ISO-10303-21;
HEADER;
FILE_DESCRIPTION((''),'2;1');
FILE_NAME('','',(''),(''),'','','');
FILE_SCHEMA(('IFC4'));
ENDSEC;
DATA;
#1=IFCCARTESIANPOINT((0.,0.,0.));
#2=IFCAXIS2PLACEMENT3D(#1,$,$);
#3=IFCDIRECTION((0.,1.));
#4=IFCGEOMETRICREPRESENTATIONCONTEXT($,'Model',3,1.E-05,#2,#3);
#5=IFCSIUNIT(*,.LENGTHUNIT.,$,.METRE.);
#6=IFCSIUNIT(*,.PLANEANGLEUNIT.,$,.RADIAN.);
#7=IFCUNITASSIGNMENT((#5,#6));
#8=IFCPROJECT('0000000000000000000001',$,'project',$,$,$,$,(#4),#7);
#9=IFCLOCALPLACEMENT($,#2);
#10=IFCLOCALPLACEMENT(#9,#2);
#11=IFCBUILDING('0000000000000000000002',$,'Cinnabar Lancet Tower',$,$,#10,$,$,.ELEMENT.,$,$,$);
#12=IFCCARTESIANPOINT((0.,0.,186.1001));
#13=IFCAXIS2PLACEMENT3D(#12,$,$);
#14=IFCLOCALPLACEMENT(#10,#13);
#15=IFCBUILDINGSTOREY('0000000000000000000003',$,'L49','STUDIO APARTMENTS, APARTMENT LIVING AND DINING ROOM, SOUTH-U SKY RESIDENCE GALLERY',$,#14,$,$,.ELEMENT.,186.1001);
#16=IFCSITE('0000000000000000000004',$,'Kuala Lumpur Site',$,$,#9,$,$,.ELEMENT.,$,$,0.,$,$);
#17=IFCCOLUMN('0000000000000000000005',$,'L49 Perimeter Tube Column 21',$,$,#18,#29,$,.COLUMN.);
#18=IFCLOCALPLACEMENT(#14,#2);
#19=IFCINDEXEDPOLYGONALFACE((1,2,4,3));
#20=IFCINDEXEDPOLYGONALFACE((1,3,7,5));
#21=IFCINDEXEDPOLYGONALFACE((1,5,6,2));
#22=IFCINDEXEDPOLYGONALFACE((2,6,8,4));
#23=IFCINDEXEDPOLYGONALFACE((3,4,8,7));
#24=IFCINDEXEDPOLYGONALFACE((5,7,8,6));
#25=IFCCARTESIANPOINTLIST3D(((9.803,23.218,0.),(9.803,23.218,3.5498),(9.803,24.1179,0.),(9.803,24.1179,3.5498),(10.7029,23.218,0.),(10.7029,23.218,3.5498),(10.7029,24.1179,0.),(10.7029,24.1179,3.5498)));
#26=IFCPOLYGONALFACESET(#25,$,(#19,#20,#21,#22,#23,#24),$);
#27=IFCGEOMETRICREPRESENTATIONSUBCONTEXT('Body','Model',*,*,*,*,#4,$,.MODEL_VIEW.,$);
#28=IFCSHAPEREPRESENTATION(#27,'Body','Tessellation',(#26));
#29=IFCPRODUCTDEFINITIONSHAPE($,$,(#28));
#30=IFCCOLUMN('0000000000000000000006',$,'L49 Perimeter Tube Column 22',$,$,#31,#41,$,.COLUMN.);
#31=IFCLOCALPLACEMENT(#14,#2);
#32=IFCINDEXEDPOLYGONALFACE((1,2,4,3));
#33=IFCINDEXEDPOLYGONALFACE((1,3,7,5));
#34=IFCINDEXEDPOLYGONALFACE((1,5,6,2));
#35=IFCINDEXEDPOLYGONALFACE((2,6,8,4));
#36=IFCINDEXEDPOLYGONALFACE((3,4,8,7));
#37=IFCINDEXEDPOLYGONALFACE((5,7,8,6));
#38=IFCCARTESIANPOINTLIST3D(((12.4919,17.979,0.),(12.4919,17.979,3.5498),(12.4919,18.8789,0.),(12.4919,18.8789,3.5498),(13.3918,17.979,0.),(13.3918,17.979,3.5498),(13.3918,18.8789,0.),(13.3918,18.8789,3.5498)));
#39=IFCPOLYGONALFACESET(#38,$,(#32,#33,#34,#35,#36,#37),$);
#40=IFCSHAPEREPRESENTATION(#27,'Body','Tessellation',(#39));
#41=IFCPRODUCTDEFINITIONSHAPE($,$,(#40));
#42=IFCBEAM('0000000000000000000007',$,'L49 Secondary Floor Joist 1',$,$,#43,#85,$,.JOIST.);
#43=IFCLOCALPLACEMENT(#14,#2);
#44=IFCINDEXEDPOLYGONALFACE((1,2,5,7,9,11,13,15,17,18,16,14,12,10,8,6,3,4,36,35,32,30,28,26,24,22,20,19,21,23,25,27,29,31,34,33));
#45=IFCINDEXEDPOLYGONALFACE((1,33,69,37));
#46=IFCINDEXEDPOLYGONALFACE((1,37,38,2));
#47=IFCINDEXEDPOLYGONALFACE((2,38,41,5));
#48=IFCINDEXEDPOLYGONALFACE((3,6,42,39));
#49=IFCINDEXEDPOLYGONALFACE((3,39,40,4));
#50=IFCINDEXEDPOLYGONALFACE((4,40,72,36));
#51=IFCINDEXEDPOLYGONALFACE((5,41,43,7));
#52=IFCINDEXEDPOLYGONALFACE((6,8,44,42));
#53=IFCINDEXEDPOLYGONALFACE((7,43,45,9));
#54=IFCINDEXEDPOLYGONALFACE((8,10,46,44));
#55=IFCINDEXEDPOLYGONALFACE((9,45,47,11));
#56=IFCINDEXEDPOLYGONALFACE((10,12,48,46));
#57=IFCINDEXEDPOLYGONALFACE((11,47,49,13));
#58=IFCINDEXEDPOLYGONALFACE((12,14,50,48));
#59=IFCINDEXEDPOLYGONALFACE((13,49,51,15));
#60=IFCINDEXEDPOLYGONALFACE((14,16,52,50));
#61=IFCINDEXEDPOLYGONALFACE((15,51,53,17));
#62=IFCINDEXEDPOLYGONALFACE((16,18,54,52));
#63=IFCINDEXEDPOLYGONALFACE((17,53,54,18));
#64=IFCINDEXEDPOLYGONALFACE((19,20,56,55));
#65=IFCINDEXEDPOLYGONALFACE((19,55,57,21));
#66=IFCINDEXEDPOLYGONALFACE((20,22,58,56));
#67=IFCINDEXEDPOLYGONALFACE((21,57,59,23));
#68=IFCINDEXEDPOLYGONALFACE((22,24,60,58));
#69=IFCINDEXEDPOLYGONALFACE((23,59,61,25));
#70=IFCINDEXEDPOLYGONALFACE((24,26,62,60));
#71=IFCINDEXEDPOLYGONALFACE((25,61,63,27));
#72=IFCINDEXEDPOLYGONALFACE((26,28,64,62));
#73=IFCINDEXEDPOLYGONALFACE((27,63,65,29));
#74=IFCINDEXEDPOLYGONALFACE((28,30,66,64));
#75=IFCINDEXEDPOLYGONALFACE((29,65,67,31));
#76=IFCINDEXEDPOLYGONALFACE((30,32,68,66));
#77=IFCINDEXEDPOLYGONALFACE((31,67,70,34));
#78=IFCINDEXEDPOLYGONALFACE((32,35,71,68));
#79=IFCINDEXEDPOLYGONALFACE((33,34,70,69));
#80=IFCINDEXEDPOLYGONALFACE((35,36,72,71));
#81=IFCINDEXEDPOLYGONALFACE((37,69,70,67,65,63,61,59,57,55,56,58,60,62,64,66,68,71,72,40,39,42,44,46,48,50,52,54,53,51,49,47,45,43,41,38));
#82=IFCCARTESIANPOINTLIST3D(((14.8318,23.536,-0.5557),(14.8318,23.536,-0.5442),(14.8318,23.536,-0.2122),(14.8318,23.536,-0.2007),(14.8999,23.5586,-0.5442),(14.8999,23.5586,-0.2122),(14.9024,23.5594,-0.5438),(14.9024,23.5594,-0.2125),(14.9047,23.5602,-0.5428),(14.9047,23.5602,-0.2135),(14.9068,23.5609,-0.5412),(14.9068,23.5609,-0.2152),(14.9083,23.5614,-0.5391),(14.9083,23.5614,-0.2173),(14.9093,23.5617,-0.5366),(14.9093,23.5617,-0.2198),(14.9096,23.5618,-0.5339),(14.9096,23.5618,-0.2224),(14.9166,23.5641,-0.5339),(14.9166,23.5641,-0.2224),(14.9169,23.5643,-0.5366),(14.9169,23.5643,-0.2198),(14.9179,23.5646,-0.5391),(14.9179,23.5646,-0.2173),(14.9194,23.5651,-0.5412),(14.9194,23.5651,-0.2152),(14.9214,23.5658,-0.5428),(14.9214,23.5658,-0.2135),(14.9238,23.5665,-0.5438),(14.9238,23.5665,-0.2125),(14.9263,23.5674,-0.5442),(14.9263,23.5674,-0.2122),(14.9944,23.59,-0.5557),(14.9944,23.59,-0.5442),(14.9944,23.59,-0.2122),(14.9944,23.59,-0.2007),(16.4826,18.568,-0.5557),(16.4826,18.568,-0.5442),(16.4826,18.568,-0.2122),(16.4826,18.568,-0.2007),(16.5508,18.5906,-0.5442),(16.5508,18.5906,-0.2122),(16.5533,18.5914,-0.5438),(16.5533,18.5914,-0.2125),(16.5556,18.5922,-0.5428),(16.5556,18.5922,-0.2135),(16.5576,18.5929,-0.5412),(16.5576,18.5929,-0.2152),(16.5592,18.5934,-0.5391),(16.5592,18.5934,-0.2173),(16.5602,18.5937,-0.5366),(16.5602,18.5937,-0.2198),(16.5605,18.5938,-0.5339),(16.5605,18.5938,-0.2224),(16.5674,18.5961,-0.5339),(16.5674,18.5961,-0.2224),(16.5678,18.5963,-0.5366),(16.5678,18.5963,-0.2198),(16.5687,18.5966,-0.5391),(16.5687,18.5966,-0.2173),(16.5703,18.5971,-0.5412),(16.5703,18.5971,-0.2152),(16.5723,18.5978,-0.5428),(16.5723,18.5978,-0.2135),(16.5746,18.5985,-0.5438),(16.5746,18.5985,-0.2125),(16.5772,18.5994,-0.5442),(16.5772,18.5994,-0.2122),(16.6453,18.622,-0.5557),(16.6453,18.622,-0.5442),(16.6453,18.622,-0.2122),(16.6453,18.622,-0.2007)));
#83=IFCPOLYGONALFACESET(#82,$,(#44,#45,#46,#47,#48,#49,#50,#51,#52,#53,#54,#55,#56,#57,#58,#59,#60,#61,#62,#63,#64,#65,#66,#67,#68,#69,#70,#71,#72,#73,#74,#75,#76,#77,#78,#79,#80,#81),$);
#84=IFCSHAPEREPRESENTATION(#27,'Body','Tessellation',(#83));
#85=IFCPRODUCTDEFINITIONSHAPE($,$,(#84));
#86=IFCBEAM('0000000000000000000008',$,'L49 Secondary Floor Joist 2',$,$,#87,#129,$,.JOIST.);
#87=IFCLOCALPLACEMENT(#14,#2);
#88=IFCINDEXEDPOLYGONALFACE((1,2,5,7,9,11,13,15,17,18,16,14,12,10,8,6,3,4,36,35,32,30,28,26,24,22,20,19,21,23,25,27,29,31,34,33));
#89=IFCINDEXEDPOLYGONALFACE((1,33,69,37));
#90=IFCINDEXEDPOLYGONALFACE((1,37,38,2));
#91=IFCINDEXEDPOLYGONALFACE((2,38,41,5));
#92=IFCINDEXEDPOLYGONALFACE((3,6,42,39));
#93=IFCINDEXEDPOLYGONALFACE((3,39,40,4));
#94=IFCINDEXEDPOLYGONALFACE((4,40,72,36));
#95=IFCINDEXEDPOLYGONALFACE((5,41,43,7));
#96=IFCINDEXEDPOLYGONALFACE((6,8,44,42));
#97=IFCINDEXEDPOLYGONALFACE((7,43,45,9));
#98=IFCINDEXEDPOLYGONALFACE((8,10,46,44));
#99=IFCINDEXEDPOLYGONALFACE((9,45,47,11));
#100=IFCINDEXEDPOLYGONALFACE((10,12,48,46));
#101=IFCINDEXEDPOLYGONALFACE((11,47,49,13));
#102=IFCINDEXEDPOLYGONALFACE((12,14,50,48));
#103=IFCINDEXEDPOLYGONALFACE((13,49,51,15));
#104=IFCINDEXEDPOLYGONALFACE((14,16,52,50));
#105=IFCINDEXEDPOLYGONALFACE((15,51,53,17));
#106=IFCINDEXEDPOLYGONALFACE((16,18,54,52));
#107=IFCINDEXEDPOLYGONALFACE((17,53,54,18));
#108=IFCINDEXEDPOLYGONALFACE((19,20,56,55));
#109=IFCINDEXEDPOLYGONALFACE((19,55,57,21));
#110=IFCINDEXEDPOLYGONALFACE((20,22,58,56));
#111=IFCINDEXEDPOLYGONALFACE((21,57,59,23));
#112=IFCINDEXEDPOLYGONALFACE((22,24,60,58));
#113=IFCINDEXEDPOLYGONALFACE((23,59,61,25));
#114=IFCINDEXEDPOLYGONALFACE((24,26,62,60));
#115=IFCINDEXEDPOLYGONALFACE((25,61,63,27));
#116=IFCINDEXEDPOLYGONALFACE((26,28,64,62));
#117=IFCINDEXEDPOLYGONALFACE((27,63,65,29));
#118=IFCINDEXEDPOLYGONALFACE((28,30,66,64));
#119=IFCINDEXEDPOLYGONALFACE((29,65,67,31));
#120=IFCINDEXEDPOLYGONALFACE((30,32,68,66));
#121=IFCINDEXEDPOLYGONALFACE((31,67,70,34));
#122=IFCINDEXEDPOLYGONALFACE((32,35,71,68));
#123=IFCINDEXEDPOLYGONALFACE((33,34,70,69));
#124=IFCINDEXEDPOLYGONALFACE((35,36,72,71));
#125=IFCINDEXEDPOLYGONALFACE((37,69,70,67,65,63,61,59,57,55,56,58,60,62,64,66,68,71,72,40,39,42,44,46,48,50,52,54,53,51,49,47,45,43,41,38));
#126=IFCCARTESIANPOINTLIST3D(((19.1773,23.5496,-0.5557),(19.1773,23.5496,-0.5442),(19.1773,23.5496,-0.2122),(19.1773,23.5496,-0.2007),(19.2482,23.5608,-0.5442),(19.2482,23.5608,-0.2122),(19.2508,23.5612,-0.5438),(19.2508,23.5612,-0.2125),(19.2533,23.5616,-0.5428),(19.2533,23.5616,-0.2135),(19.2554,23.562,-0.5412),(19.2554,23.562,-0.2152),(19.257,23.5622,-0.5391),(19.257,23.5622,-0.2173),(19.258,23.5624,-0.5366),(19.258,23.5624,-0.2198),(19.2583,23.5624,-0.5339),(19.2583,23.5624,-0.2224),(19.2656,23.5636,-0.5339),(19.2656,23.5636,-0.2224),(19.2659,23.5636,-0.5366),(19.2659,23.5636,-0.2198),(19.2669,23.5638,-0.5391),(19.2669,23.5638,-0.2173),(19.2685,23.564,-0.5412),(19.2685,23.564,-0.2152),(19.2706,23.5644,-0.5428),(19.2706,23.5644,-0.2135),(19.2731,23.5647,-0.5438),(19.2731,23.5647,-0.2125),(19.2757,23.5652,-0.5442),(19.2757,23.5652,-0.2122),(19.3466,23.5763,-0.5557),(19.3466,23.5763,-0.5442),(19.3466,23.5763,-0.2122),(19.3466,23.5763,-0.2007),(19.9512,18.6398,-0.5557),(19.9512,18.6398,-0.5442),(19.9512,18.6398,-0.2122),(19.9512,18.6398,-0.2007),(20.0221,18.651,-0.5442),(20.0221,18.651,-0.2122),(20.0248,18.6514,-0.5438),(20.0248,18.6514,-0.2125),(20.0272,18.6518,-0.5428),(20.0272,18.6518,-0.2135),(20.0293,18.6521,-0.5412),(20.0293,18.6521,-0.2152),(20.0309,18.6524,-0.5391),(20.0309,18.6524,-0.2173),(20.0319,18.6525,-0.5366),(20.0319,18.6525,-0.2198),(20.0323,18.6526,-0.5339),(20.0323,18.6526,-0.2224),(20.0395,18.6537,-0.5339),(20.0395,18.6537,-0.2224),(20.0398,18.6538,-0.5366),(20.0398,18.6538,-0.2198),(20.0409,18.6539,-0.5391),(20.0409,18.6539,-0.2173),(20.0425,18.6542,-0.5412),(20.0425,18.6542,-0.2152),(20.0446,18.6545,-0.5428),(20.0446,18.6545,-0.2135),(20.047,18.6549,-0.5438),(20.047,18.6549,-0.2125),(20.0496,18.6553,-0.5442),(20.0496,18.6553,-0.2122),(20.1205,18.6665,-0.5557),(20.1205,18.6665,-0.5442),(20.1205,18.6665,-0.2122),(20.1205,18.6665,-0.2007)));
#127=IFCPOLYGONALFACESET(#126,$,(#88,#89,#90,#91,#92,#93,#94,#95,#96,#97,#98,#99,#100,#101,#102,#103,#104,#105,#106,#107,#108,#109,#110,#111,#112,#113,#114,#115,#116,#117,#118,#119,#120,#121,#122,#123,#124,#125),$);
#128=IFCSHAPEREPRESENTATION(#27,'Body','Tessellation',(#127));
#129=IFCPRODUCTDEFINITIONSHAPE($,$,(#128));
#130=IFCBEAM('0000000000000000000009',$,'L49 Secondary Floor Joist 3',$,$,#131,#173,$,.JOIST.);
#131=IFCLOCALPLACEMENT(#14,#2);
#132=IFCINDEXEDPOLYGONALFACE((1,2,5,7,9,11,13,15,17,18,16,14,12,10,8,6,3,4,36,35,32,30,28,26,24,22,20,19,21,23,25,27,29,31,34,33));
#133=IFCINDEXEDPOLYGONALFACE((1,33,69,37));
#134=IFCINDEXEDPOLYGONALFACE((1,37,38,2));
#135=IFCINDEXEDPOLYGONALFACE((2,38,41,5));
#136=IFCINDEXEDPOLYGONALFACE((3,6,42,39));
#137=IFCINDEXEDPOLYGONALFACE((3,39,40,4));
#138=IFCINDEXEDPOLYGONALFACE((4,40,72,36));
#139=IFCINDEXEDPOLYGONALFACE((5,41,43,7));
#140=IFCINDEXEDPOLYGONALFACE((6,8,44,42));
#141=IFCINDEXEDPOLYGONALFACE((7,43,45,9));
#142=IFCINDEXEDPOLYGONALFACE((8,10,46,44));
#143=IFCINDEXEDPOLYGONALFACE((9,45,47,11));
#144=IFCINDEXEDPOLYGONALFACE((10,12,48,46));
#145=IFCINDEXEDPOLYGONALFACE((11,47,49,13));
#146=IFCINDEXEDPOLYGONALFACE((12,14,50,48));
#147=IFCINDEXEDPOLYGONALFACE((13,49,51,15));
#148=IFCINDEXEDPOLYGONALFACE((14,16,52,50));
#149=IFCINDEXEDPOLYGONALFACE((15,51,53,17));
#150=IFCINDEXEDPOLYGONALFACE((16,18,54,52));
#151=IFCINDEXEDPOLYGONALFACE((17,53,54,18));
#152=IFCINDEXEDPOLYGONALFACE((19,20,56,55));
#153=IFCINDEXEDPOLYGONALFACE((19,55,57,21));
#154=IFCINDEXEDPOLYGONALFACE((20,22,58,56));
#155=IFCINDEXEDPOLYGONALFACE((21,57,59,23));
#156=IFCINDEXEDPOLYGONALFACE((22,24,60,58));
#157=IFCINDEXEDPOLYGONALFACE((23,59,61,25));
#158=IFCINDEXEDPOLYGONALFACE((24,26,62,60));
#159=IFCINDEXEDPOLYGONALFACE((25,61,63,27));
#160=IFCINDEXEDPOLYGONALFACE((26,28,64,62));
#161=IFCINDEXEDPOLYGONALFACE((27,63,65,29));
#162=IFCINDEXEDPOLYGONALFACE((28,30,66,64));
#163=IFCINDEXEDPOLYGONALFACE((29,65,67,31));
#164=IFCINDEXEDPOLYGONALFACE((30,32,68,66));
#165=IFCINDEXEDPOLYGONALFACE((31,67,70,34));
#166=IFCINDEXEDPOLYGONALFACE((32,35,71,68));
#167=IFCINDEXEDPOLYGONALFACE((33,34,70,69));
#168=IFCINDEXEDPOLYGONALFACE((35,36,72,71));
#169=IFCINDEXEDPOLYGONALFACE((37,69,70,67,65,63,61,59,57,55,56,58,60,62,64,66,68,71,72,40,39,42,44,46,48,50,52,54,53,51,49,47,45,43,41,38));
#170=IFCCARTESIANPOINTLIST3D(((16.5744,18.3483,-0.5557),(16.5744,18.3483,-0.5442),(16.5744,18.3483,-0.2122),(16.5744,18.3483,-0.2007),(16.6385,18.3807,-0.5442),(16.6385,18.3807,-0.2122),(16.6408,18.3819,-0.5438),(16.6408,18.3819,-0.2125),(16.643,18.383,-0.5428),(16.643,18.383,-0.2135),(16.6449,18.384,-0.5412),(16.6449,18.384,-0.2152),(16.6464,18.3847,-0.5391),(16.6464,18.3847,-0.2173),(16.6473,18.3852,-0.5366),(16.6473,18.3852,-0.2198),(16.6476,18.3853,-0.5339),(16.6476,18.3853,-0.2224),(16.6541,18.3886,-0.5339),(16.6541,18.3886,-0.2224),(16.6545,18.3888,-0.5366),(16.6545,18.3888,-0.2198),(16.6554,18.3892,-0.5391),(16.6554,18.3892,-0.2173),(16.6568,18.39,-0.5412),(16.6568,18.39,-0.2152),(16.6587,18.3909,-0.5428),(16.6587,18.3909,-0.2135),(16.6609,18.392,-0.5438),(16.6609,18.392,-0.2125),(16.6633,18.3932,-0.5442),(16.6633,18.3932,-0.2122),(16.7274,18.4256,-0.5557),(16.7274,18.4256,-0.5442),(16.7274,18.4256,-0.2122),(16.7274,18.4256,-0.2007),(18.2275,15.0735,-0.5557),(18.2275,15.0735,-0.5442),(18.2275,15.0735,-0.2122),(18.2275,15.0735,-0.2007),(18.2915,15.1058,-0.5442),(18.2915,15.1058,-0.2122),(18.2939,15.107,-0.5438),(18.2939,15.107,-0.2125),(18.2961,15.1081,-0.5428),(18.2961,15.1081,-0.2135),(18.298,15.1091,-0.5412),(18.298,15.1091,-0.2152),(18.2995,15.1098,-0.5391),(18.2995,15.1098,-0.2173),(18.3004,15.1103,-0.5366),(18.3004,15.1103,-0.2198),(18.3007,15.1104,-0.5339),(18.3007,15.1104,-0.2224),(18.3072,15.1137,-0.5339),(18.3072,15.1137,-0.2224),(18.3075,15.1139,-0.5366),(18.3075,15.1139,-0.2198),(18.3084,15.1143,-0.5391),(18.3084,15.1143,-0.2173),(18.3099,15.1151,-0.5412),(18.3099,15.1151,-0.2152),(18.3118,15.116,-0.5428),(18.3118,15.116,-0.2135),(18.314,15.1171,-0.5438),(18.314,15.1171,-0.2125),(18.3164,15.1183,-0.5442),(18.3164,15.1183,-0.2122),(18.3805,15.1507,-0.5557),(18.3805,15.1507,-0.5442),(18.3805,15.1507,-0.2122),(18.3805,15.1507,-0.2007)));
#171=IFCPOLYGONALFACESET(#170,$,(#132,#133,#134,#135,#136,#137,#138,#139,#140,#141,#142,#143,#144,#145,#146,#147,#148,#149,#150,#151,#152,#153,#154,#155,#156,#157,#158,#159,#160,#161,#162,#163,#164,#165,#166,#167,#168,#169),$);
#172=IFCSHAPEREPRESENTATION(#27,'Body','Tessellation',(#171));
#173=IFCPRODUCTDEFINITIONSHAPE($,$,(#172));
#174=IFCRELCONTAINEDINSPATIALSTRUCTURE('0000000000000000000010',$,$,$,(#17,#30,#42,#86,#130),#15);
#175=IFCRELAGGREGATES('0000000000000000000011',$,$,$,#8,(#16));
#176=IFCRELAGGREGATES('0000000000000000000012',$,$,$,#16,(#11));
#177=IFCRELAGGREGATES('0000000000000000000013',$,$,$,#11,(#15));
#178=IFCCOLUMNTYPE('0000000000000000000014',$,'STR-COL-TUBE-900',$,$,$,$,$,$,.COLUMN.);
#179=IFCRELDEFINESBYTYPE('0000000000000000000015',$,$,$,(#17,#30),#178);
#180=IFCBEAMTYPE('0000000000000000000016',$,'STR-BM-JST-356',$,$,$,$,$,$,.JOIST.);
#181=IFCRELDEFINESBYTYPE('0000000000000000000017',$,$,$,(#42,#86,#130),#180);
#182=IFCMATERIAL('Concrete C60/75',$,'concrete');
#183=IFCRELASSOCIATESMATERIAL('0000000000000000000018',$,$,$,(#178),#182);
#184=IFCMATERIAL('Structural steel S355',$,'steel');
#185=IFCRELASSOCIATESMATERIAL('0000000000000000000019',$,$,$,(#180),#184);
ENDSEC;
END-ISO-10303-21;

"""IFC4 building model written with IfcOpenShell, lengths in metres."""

from ifc_helpers import new_model, si_unit, direction, frame, origin, origin_2d, place, context, subcontext, project, spatial, rectangle, i_section, extrude, material, material_profile, profile_set, type_object, element, save


model = new_model("IFC4")

# Units and contexts
model_context = context("Model", 3, precision=1e-05, world=origin(), true_north=direction((0.0, 1.0)))
body_context = subcontext(model_context, "Body", "Model", "MODEL_VIEW")
ifc_project = project(units=[si_unit("LENGTHUNIT", "METRE"), si_unit("PLANEANGLEUNIT", "RADIAN")], contexts=[model_context])

# Site, building, storey
site_placement = place(None, origin())
site = spatial("IfcSite", under=ifc_project, at=site_placement, Name="Kuala Lumpur Site", CompositionType="ELEMENT", RefElevation=0.0)
building_placement = place(site_placement, origin())
building = spatial("IfcBuilding", under=site, at=building_placement, Name="Cinnabar Lancet Tower", CompositionType="ELEMENT")
storey_placement = place(building_placement, frame((0.0, 0.0, 186.1001)))
storey = spatial("IfcBuildingStorey", under=building, at=storey_placement, Name="L49", Description="STUDIO APARTMENTS, APARTMENT LIVING AND DINING ROOM, SOUTH-U SKY RESIDENCE GALLERY", CompositionType="ELEMENT", Elevation=186.1001)

# Columns
ifc_material_1 = material(Name="Concrete C60/75", Category="concrete")
ifc_material_profile_1 = material_profile(ifc_material_1, rectangle(XDim=0.8999, YDim=0.8999, at=origin_2d()), Name="RC-COL 900x900")
ifc_profile_set_1 = profile_set([ifc_material_profile_1], Name="Concrete C60/75")
column_type = type_object("IfcColumnType", Name="STR-COL-TUBE-900", PredefinedType="COLUMN", material=ifc_profile_set_1)
for number, where, z_axis, x_axis, name in (
    (1, (10.2529, 23.668, 0.0), (0.0, 0.0, 1.0), (1.0, 0.0, 0.0), "L49 Perimeter Tube Column 21"),
    (2, (12.9419, 18.429, 0.0), (0.0, 0.0, 1.0), (1.0, 0.0, 0.0), "L49 Perimeter Tube Column 22"),
):
    element("IfcColumn", number, at=place(storey_placement, frame(where, z_axis=z_axis, x_axis=x_axis)), inside=storey, type_object=column_type, Name=name, PredefinedType="COLUMN", context=body_context, shape_type="SweptSolid", body=[
        extrude(rectangle(XDim=0.8999, YDim=0.8999, at=origin_2d()), origin(), (0.0, 0.0, 1.0), 3.5498),
    ])

# Beams
ifc_material_2 = material(Name="Structural steel S355", Category="steel")
ifc_material_profile_2 = material_profile(ifc_material_2, i_section(OverallWidth=0.1714, OverallDepth=0.355, WebThickness=0.0073, FlangeThickness=0.0115, FilletRadius=0.0103, at=origin_2d()), Name="UKB 356x171x51")
ifc_profile_set_2 = profile_set([ifc_material_profile_2], Name="Structural steel S355")
beam_type_1 = type_object("IfcBeamType", Name="STR-BM-JST-356", PredefinedType="JOIST", material=ifc_profile_set_2)
beam_1_placement = place(storey_placement, frame((14.9131, 23.563, -0.3782), z_axis=(0.315346, -0.948977, 0.0), x_axis=(0.948977, 0.315346, 0.0)))
element("IfcBeam", 3, at=beam_1_placement, inside=storey, type_object=beam_type_1, Name="L49 Secondary Floor Joist 1", PredefinedType="JOIST", context=body_context, shape_type="SweptSolid", body=[
    extrude(i_section(OverallWidth=0.1714, OverallDepth=0.355, WebThickness=0.0073, FlangeThickness=0.0115, FilletRadius=0.0103, at=origin_2d()), origin(), (0.0, 0.0, 1.0), 5.2351),
])
beam_2_placement = place(storey_placement, frame((19.262, 23.563, -0.3782), z_axis=(0.155703, -0.987804, 0.0), x_axis=(0.987804, 0.155703, 0.0)))
element("IfcBeam", 4, at=beam_2_placement, inside=storey, type_object=beam_type_1, Name="L49 Secondary Floor Joist 2", PredefinedType="JOIST", context=body_context, shape_type="SweptSolid", body=[
    extrude(i_section(OverallWidth=0.1714, OverallDepth=0.355, WebThickness=0.0073, FlangeThickness=0.0115, FilletRadius=0.0103, at=origin_2d()), origin(), (0.0, 0.0, 1.0), 4.9705),
])
beam_3_placement = place(storey_placement, frame((16.6509, 18.387, -0.3782), z_axis=(0.450618, -0.892717, 0.0), x_axis=(0.892717, 0.450618, 0.0)))
element("IfcBeam", 5, at=beam_3_placement, inside=storey, type_object=beam_type_1, Name="L49 Secondary Floor Joist 3", PredefinedType="JOIST", context=body_context, shape_type="SweptSolid", body=[
    extrude(i_section(OverallWidth=0.1714, OverallDepth=0.355, WebThickness=0.0073, FlangeThickness=0.0115, FilletRadius=0.0103, at=origin_2d()), origin(), (0.0, 0.0, 1.0), 3.6685),
])

save(model, "model.ifc")
